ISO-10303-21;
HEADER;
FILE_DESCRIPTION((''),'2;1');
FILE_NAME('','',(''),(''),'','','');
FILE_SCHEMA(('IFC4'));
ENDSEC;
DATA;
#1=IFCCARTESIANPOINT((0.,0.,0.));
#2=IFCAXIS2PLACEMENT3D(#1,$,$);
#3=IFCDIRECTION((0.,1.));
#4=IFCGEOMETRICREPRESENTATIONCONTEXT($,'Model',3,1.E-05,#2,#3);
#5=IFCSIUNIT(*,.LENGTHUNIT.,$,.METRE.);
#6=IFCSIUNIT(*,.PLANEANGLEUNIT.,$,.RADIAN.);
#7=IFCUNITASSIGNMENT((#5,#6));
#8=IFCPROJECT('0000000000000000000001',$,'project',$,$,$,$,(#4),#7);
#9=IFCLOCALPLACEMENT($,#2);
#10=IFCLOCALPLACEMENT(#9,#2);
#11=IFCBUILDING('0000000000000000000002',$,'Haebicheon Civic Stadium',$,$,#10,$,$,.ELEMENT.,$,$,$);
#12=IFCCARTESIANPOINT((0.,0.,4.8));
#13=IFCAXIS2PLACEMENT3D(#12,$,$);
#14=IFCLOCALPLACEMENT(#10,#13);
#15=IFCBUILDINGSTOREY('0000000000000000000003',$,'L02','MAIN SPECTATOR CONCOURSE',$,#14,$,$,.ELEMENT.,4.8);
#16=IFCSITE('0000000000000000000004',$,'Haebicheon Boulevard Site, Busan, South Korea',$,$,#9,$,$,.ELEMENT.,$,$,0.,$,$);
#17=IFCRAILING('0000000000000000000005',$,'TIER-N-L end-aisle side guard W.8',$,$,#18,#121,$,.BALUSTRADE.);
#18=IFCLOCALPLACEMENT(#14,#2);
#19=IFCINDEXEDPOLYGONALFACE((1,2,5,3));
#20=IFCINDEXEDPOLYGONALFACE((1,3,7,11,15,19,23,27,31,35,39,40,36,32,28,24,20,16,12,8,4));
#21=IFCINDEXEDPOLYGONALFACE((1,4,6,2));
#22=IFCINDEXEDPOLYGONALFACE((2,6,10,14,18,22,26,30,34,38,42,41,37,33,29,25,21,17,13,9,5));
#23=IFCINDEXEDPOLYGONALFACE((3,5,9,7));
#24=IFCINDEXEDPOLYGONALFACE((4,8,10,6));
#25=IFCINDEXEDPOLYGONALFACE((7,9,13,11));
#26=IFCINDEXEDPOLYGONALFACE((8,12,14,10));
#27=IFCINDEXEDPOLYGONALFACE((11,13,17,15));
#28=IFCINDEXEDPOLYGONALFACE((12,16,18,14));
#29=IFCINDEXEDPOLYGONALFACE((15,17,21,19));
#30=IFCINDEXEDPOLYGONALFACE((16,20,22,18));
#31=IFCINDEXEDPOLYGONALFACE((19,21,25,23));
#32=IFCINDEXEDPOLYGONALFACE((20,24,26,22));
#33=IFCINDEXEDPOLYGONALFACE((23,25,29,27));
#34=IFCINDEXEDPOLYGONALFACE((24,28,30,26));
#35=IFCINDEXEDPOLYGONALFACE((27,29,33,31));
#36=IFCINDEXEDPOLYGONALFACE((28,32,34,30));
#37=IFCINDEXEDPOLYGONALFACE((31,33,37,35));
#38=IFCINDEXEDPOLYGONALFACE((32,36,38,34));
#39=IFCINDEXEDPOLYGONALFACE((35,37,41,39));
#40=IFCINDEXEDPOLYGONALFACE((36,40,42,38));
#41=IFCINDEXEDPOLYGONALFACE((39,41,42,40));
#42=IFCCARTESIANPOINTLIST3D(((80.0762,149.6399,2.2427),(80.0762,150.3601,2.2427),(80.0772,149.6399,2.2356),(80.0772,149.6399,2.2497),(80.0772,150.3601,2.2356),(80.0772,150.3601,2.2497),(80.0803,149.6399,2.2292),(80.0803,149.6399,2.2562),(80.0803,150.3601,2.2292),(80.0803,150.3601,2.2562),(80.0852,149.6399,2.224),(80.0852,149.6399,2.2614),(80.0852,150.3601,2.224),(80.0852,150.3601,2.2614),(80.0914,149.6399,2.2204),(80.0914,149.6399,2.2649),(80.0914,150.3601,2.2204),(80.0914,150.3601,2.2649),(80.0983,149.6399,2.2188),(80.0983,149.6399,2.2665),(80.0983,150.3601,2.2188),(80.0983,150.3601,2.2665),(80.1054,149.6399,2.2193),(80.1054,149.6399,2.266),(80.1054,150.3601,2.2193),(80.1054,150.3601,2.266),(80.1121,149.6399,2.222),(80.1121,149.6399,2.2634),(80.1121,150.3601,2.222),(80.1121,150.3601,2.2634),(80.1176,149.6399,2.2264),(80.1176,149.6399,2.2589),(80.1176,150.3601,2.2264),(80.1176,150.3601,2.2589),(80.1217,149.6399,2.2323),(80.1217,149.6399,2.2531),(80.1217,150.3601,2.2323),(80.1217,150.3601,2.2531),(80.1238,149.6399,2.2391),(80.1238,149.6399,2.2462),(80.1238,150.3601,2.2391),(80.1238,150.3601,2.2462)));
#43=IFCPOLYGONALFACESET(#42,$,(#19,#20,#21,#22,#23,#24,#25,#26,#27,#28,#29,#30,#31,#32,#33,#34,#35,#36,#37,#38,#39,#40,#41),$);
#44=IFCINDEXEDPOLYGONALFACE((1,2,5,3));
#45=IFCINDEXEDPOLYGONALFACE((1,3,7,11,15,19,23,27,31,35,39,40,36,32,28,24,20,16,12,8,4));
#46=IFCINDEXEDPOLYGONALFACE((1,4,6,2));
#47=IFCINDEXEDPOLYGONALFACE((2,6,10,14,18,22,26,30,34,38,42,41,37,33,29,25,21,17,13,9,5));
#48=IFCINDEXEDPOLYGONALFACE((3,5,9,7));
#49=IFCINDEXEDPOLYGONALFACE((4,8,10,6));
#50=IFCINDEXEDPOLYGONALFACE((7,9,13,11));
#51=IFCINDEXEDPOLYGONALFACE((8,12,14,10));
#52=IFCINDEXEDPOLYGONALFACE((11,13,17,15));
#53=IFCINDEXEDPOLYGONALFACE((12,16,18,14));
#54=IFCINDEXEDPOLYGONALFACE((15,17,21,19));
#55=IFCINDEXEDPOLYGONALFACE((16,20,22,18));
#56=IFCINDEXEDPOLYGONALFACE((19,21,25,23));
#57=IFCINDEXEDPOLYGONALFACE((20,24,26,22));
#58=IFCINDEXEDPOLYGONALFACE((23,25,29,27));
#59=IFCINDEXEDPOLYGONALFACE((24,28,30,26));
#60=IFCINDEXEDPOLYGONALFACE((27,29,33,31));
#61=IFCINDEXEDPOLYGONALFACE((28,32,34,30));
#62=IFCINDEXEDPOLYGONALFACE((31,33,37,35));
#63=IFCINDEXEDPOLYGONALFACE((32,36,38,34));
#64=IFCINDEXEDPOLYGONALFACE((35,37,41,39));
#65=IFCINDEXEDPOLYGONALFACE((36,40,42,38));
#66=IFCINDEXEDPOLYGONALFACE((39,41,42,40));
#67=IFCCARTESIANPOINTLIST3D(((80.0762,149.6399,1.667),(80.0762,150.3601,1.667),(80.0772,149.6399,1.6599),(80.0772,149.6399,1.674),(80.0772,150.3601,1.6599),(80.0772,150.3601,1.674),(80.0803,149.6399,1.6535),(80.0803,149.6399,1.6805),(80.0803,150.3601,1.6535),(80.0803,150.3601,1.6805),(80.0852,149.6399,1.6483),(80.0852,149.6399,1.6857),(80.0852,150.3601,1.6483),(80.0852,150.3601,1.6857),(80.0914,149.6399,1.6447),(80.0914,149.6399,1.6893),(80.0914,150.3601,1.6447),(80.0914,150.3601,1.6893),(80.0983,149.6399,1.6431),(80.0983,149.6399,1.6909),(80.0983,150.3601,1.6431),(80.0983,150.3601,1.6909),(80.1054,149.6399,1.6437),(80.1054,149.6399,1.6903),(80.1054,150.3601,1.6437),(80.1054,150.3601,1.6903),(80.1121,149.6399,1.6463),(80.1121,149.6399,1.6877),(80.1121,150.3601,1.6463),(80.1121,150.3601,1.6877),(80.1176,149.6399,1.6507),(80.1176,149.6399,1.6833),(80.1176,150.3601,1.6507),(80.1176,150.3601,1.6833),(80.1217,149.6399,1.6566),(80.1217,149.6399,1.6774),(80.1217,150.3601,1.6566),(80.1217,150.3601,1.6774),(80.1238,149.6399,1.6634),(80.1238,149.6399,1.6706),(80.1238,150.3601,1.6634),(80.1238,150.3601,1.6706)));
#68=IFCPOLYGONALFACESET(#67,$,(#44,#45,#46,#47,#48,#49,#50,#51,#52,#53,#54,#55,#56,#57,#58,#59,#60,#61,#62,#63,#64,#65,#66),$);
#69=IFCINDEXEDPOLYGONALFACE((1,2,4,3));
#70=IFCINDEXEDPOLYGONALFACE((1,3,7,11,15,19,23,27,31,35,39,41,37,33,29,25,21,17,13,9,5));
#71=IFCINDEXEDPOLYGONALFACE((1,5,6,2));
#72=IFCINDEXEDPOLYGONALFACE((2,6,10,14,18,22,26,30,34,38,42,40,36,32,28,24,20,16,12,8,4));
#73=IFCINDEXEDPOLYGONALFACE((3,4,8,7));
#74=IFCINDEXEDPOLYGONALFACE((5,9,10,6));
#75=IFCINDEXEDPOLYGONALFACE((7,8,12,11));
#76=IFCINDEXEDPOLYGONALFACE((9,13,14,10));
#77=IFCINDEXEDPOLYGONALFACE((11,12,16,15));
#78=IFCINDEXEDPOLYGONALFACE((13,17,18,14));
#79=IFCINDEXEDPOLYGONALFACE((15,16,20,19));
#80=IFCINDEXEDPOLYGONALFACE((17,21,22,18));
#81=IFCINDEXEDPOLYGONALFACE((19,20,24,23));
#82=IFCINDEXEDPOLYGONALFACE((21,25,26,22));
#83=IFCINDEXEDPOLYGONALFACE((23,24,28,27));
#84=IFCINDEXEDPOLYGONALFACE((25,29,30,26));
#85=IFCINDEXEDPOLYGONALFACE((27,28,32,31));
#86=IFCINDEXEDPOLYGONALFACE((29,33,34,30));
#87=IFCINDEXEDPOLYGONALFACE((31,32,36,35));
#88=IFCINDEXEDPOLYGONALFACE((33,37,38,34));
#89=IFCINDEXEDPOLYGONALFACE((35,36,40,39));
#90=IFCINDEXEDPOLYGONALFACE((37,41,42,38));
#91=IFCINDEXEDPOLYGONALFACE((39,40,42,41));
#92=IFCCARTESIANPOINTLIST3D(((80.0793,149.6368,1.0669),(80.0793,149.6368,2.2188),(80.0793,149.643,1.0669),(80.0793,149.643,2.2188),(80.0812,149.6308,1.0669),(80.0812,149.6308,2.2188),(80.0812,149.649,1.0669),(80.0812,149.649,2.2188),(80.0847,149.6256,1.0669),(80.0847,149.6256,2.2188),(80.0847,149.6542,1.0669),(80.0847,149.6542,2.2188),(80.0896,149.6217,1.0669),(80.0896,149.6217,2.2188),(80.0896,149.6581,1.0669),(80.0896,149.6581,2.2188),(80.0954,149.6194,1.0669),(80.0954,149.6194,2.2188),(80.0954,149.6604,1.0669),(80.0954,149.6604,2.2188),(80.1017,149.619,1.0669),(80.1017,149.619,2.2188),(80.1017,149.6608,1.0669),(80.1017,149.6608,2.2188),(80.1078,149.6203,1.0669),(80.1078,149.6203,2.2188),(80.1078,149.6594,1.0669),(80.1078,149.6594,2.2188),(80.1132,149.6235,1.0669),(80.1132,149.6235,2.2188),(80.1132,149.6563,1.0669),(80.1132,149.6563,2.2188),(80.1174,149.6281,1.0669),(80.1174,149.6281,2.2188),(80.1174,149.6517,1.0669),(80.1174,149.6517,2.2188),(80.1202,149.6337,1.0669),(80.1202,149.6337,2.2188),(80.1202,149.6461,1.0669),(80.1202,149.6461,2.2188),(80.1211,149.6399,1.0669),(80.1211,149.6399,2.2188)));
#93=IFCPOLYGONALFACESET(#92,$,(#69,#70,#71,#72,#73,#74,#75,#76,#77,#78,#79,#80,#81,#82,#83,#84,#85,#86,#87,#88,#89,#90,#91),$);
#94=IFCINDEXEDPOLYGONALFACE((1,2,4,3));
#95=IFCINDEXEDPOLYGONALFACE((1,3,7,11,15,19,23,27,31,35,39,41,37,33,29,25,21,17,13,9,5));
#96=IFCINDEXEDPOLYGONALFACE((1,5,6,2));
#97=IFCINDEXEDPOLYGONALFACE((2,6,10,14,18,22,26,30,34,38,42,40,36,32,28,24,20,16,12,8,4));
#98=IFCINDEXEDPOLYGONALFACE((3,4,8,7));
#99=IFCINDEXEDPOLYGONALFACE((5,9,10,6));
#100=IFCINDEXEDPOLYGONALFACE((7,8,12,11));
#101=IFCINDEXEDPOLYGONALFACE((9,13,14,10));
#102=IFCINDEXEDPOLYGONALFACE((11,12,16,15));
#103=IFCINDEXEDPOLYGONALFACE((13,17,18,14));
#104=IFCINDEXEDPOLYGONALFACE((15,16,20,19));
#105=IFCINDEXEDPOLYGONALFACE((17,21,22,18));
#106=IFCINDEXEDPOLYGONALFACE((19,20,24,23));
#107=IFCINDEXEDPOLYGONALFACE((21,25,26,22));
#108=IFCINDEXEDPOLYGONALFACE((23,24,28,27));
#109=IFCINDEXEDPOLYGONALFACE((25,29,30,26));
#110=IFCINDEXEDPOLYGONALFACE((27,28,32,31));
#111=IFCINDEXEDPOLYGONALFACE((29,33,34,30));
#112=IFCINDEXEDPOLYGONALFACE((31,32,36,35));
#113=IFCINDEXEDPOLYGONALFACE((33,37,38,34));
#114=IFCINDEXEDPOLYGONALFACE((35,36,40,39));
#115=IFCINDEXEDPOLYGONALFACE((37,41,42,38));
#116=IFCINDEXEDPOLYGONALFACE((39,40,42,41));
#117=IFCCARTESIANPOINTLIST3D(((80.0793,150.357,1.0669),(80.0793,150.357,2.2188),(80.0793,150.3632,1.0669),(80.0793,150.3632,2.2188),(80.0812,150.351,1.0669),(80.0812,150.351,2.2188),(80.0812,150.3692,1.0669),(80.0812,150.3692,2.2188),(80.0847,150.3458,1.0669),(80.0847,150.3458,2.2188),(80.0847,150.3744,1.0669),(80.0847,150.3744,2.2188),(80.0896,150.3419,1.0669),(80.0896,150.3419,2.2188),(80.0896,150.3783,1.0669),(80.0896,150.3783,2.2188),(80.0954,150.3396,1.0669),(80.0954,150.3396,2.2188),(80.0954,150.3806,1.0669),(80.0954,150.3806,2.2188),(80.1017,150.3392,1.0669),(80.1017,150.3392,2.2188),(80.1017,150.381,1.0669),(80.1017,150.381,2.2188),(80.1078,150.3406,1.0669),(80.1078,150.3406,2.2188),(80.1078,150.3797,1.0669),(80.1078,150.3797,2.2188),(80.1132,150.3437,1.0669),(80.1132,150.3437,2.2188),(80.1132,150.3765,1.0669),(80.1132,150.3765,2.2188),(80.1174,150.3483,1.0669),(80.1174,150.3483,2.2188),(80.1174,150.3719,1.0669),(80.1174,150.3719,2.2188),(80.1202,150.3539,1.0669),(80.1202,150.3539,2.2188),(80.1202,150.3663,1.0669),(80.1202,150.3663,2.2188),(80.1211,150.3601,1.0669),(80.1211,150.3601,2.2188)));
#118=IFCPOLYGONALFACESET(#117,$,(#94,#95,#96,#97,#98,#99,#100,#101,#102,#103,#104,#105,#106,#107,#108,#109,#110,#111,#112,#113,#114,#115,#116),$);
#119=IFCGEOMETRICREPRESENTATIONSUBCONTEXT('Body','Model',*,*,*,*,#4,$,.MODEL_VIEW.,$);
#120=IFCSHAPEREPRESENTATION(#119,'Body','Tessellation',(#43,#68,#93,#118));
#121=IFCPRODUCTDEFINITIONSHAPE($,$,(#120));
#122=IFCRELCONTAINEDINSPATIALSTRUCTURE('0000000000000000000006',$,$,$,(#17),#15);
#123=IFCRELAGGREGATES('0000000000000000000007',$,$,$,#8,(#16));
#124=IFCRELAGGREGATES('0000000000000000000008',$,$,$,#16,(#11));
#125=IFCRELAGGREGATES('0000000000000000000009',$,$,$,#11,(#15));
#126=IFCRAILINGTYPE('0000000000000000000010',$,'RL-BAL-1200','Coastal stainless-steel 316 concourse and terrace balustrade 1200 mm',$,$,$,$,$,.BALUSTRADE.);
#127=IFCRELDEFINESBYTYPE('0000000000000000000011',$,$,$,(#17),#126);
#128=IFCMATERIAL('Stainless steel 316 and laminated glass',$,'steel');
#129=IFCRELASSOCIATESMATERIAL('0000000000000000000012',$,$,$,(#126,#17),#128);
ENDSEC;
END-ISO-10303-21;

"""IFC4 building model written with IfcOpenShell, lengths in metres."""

from ifc_helpers import new_model, si_unit, direction, frame, origin, origin_2d, place, context, subcontext, project, spatial, circle, extrude, material, type_object, element, save


model = new_model("IFC4")

# Units and contexts
model_context = context("Model", 3, precision=1e-05, world=origin(), true_north=direction((0.0, 1.0)))
body_context = subcontext(model_context, "Body", "Model", "MODEL_VIEW")
ifc_project = project(units=[si_unit("LENGTHUNIT", "METRE"), si_unit("PLANEANGLEUNIT", "RADIAN")], contexts=[model_context])

# Site, building, storey
site_placement = place(None, origin())
site = spatial("IfcSite", under=ifc_project, at=site_placement, Name="Haebicheon Boulevard Site, Busan, South Korea", CompositionType="ELEMENT", RefElevation=0.0)
building_placement = place(site_placement, origin())
building = spatial("IfcBuilding", under=site, at=building_placement, Name="Haebicheon Civic Stadium", CompositionType="ELEMENT")
storey_placement = place(building_placement, frame((0.0, 0.0, 4.8)))
storey = spatial("IfcBuildingStorey", under=building, at=storey_placement, Name="L02", Description="MAIN SPECTATOR CONCOURSE", CompositionType="ELEMENT", Elevation=4.8)

# Railing
ifc_material_1 = material(Name="Stainless steel 316 and laminated glass", Category="steel")
railing_type_1 = type_object("IfcRailingType", Name="RL-BAL-1200", Description="Coastal stainless-steel 316 concourse and terrace balustrade 1200 mm", PredefinedType="BALUSTRADE", material=ifc_material_1)
railing_1_placement = place(storey_placement, frame((80.1001, 149.6399, 1.0669)))
element("IfcRailing", 1, at=railing_1_placement, inside=storey, type_object=railing_type_1, material=ifc_material_1, Name="TIER-N-L end-aisle side guard W.8", PredefinedType="BALUSTRADE", context=body_context, shape_type="SweptSolid", body=[
    extrude(circle(Radius=0.0239, at=origin_2d()), frame((0.0, 0.0, 1.1758), z_axis=(0.0, 1.0, 0.0), x_axis=(-1.0, 0.0, 0.0)), (0.0, 0.0, 1.0), 0.7202),
    extrude(circle(Radius=0.0239, at=origin_2d()), frame((0.0, 0.0, 0.6001), z_axis=(0.0, 1.0, 0.0), x_axis=(-1.0, 0.0, 0.0)), (0.0, 0.0, 1.0), 0.7202),
    extrude(circle(Radius=0.021, at=origin_2d()), origin(), (0.0, 0.0, 1.0), 1.1519),
    extrude(circle(Radius=0.021, at=origin_2d()), frame((0.0, 0.7202, 0.0)), (0.0, 0.0, 1.0), 1.1519),
])

save(model, "model.ifc")
